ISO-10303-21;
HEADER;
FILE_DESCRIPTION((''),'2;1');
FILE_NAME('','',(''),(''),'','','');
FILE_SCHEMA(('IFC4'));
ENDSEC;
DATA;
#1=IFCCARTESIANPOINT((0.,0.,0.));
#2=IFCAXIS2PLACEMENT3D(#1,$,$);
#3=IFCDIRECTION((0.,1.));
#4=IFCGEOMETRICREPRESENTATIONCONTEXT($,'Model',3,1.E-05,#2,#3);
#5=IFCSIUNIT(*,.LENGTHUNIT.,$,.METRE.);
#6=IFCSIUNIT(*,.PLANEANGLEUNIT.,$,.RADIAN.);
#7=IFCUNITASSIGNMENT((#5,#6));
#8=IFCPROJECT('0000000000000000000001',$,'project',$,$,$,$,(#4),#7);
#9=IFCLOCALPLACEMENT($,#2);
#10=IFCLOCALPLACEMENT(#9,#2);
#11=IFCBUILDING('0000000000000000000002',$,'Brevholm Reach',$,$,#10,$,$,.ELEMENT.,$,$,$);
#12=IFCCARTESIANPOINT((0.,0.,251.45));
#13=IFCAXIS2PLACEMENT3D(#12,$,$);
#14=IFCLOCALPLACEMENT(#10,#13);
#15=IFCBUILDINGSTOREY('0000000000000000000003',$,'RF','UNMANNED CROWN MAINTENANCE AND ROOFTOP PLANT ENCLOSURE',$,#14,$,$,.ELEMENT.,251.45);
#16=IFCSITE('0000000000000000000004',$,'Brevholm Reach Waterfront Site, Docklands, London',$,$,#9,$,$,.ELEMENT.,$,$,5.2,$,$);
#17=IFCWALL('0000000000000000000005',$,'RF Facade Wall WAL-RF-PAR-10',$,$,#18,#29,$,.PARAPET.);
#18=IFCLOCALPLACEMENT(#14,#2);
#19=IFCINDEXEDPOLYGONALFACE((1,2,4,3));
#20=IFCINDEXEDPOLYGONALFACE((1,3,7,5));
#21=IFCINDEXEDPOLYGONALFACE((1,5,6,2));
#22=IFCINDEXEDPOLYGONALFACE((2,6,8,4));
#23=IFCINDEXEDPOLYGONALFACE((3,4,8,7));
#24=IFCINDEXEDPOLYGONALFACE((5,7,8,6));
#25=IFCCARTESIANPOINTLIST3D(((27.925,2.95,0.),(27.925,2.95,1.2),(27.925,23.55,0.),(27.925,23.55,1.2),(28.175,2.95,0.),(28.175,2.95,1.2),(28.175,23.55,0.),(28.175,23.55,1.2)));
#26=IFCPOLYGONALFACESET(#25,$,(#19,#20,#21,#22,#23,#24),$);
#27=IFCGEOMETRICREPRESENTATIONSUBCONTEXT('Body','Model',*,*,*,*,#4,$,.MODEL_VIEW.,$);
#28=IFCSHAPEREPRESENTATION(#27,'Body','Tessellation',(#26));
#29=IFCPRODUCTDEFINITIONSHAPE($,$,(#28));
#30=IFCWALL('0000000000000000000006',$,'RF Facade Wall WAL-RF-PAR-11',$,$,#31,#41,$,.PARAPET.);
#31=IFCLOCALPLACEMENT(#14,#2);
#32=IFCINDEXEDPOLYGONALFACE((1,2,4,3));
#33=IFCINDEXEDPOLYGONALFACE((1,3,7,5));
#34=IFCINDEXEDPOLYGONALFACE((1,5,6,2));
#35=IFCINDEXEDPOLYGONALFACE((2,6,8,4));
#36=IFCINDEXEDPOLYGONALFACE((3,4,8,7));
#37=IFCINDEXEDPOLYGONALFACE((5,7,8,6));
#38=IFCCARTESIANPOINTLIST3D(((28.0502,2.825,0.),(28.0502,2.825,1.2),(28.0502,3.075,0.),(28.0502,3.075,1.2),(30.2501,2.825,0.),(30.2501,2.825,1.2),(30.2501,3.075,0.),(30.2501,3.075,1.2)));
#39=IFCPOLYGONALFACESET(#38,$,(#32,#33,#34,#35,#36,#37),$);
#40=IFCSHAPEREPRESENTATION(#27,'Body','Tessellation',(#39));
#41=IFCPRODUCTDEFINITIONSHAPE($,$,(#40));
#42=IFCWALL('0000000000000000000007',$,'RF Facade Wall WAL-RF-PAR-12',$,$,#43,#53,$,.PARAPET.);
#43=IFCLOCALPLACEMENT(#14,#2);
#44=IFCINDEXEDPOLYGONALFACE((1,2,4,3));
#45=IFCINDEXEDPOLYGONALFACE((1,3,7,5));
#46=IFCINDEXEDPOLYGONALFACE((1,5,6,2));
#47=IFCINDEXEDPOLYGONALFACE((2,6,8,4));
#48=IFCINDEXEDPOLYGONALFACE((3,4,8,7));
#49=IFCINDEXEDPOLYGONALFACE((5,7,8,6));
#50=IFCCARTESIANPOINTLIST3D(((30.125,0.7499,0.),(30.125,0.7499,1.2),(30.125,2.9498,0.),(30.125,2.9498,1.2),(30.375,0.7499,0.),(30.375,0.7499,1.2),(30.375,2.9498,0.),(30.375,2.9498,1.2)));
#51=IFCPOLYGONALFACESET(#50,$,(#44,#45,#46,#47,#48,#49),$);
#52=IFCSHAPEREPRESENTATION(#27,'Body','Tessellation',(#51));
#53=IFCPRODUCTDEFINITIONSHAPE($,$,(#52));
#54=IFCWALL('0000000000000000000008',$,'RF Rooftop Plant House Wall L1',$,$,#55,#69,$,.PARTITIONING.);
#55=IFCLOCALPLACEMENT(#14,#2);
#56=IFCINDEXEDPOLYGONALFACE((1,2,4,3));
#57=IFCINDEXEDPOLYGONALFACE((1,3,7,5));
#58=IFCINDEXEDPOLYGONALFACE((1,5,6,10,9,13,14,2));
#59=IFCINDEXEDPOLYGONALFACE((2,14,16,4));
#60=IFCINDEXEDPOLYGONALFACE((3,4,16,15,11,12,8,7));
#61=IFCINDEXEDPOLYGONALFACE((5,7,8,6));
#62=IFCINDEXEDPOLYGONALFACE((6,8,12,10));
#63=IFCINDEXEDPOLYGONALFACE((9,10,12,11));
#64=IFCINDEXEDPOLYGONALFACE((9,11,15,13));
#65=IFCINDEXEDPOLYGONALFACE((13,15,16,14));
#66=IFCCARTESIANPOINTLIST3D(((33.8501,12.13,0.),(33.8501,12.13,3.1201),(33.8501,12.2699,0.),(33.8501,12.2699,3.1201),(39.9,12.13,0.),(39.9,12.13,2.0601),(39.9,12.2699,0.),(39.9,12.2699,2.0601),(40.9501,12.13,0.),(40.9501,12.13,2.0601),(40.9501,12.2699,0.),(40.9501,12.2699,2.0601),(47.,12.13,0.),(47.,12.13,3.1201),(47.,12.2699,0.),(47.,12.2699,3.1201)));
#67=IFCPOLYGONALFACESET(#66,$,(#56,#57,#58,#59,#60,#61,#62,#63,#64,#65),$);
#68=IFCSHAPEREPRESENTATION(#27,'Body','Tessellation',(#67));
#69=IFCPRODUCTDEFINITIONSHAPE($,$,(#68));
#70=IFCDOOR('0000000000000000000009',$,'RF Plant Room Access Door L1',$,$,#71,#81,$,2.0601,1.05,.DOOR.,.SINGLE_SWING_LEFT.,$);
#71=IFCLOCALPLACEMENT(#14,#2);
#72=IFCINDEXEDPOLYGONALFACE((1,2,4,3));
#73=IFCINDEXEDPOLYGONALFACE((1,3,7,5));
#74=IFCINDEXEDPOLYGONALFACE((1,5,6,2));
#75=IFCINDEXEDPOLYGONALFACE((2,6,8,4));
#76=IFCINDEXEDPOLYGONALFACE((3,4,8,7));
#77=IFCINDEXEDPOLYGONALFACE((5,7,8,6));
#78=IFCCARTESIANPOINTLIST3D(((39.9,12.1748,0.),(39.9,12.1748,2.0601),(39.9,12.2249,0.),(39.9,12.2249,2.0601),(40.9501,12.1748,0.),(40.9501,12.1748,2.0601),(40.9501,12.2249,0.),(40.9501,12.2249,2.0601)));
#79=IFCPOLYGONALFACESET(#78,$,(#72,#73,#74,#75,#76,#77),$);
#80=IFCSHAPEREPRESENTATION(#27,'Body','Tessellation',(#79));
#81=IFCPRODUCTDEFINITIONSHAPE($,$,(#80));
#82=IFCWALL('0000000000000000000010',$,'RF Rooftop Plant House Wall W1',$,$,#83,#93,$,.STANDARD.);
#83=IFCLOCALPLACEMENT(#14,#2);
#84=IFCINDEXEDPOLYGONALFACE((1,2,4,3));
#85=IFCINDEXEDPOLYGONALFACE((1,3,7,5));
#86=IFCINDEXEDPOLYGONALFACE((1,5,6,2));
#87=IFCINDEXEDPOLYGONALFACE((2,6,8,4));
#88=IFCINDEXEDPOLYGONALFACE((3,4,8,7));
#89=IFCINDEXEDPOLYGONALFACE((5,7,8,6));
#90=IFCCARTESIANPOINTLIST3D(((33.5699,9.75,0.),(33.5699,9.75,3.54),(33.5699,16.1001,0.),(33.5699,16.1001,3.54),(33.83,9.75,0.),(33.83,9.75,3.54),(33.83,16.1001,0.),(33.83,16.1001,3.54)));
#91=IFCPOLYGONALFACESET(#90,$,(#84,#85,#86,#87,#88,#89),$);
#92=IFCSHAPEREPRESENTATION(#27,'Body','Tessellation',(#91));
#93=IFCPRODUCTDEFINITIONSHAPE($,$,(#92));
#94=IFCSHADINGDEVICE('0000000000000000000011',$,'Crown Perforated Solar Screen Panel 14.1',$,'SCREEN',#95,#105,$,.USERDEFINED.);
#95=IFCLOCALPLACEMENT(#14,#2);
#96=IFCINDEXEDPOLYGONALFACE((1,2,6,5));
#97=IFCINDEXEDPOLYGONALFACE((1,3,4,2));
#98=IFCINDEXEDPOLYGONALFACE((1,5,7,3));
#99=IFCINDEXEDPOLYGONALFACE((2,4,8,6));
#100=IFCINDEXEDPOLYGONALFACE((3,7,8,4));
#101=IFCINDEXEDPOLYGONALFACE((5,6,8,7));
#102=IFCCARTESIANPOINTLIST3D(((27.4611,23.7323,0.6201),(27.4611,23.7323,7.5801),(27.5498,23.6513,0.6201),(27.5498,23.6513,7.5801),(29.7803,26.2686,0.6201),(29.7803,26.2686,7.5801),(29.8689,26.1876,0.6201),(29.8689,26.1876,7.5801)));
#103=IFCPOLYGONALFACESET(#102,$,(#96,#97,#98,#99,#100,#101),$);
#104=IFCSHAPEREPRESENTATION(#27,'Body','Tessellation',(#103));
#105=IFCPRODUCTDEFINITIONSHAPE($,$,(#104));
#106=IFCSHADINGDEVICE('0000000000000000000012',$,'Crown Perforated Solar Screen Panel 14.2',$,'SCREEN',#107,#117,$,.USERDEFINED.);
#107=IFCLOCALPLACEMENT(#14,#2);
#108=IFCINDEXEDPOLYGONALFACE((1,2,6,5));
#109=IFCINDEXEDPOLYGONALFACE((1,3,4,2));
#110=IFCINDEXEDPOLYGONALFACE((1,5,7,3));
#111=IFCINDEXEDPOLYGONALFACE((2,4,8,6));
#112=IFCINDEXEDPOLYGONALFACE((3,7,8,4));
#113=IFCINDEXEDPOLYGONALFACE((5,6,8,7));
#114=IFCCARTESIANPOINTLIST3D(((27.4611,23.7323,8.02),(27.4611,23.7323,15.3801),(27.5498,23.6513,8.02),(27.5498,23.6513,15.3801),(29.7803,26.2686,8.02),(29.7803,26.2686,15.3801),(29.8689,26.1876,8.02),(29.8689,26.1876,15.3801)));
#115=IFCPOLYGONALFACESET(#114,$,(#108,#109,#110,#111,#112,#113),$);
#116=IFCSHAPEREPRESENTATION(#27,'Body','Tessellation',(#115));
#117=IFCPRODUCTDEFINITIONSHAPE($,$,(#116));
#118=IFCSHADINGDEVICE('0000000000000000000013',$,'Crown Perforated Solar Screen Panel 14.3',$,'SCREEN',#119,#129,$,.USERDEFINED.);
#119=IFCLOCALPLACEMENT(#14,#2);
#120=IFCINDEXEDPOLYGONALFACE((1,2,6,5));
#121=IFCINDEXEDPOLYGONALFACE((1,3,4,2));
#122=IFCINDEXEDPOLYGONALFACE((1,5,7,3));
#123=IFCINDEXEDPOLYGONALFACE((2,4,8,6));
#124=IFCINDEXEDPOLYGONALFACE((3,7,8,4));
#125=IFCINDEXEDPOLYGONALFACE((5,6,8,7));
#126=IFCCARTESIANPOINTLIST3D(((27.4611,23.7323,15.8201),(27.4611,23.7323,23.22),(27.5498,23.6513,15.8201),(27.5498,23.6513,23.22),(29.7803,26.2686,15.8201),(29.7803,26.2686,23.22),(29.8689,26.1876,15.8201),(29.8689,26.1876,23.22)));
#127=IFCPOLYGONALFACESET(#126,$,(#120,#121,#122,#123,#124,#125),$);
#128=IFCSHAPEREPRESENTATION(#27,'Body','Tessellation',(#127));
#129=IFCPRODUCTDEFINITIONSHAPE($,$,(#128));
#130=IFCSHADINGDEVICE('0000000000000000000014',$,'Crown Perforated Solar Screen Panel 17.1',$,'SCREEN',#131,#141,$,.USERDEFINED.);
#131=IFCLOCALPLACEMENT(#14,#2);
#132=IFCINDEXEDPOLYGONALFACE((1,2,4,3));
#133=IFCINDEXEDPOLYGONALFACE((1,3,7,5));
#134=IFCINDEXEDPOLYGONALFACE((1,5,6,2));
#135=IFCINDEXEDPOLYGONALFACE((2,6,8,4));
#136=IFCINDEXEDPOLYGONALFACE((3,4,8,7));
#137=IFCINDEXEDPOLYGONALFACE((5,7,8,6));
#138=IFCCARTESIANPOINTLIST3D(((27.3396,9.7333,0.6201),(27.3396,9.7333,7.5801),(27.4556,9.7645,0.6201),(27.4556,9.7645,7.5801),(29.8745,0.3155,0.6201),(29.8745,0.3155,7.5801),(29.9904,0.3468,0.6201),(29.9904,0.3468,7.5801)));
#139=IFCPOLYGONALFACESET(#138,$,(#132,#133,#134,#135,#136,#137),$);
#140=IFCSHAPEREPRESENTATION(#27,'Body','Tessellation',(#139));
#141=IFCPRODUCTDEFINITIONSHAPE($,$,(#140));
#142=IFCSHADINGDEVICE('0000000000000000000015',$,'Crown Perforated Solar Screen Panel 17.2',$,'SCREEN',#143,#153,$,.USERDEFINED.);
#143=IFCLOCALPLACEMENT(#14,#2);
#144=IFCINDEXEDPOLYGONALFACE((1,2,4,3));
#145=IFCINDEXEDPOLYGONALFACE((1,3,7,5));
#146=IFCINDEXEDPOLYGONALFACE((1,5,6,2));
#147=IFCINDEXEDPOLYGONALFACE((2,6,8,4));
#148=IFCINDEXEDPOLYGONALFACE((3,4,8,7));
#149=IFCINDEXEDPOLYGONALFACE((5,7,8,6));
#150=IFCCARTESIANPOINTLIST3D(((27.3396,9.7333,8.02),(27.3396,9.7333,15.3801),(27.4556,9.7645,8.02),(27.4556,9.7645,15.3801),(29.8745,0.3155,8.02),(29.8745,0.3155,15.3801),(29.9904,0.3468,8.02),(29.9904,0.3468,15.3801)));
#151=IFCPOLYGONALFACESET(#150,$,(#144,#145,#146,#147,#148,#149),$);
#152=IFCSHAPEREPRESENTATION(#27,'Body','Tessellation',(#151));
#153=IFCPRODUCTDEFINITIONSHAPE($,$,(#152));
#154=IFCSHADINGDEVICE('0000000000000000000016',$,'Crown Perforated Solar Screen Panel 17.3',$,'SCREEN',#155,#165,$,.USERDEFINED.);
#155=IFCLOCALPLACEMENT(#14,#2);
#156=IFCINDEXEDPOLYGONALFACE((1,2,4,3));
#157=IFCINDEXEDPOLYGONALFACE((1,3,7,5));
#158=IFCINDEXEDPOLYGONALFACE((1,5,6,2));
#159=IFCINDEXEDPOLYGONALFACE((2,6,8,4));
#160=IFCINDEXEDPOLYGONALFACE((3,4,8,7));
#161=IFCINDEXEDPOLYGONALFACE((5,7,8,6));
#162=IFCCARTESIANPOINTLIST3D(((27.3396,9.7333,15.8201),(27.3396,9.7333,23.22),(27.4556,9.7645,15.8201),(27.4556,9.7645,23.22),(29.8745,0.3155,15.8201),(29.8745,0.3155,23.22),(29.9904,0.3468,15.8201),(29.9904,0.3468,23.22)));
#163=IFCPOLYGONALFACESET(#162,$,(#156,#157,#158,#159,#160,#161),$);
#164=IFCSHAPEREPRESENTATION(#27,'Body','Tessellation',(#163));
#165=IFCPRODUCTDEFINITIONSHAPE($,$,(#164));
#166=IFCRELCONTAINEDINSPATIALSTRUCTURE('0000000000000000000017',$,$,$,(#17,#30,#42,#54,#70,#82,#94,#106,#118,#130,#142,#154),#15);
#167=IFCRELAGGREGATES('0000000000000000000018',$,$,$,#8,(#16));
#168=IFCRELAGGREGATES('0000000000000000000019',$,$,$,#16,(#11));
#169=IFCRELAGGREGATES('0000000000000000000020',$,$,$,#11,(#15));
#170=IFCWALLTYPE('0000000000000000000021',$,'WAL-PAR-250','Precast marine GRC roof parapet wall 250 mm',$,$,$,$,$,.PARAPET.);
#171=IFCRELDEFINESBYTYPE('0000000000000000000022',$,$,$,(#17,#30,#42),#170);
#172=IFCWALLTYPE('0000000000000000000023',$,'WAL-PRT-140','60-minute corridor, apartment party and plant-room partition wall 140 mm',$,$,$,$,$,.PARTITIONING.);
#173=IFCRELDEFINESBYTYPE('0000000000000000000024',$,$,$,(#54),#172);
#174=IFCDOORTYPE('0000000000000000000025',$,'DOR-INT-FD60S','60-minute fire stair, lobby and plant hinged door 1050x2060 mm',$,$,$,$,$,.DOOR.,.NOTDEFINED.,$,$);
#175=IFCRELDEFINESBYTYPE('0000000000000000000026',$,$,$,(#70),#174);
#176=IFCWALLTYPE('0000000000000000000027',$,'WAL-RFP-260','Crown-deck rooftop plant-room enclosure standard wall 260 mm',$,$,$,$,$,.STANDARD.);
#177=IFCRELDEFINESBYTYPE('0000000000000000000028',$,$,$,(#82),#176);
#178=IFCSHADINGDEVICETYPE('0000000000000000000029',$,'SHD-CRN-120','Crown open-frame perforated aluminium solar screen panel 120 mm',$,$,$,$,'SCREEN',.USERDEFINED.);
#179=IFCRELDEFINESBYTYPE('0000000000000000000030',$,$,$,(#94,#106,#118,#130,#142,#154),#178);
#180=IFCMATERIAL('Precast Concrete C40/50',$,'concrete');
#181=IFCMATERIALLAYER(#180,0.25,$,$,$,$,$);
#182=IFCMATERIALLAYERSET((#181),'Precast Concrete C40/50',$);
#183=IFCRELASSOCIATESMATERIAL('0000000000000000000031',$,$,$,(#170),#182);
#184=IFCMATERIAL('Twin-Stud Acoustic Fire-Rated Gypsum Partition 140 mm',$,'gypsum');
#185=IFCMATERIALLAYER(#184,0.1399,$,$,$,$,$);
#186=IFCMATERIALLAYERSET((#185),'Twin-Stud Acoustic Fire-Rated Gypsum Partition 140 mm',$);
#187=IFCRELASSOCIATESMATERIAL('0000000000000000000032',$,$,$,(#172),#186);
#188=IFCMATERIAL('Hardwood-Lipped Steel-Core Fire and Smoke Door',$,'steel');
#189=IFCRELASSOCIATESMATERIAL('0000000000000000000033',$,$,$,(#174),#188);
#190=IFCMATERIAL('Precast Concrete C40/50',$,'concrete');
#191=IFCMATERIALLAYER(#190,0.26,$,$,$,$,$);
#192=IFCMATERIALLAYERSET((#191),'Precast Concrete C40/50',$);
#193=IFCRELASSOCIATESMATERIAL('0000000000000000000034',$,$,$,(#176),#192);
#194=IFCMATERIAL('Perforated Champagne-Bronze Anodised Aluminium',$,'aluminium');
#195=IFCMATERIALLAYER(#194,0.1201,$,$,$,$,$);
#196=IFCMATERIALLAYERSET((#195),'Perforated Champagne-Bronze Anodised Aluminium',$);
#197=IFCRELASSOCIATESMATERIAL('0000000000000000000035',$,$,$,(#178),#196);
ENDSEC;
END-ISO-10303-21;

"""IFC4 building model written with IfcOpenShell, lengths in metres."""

from ifc_helpers import new_model, si_unit, direction, frame, frame_2d, origin, origin_2d, place, context, subcontext, project, spatial, rectangle, extrude, material, layer, layer_set, type_object, element, fill, save


model = new_model("IFC4")

# Units and contexts
model_context = context("Model", 3, precision=1e-05, world=origin(), true_north=direction((0.0, 1.0)))
body_context = subcontext(model_context, "Body", "Model", "MODEL_VIEW")
ifc_project = project(units=[si_unit("LENGTHUNIT", "METRE"), si_unit("PLANEANGLEUNIT", "RADIAN")], contexts=[model_context])

# Site, building, storey
site_placement = place(None, origin())
site = spatial("IfcSite", under=ifc_project, at=site_placement, Name="Brevholm Reach Waterfront Site, Docklands, London", CompositionType="ELEMENT", RefElevation=5.2)
building_placement = place(site_placement, origin())
building = spatial("IfcBuilding", under=site, at=building_placement, Name="Brevholm Reach", CompositionType="ELEMENT")
storey_placement = place(building_placement, frame((0.0, 0.0, 251.45)))
storey = spatial("IfcBuildingStorey", under=building, at=storey_placement, Name="RF", Description="UNMANNED CROWN MAINTENANCE AND ROOFTOP PLANT ENCLOSURE", CompositionType="ELEMENT", Elevation=251.45)

# Walls
ifc_material_1 = material(Name="Precast Concrete C40/50", Category="concrete")
ifc_layer_1 = layer(ifc_material_1, 0.25)
ifc_layer_set_1 = layer_set([ifc_layer_1], Name="Precast Concrete C40/50")
wall_type_1 = type_object("IfcWallType", Name="WAL-PAR-250", Description="Precast marine GRC roof parapet wall 250 mm", PredefinedType="PARAPET", material=ifc_layer_set_1)
wall_1_placement = place(storey_placement, frame((28.05, 23.55, 0.0), z_axis=(0.0, 0.0, 1.0), x_axis=(0.0, -1.0, 0.0)))
element("IfcWall", 1, at=wall_1_placement, inside=storey, type_object=wall_type_1, Name="RF Facade Wall WAL-RF-PAR-10", PredefinedType="PARAPET", context=body_context, shape_type="SweptSolid", body=[
    extrude(rectangle(XDim=20.6001, YDim=0.25, at=frame_2d((10.3, 0.0))), origin(), (0.0, 0.0, 1.0), 1.2),
])
for number, where, z_axis, x_axis, name in (
    (2, (28.05, 2.95, 0.0), (0.0, 0.0, 1.0), (1.0, 0.0, 0.0), "RF Facade Wall WAL-RF-PAR-11"),
    (3, (30.25, 2.95, 0.0), (0.0, 0.0, 1.0), (0.0, -1.0, 0.0), "RF Facade Wall WAL-RF-PAR-12"),
):
    element("IfcWall", number, at=place(storey_placement, frame(where, z_axis=z_axis, x_axis=x_axis)), inside=storey, type_object=wall_type_1, Name=name, PredefinedType="PARAPET", context=body_context, shape_type="SweptSolid", body=[
        extrude(rectangle(XDim=2.2, YDim=0.25, at=frame_2d((1.1001, 0.0))), origin(), (0.0, 0.0, 1.0), 1.2),
    ])

# Wall, opening, door
ifc_material_2 = material(Name="Twin-Stud Acoustic Fire-Rated Gypsum Partition 140 mm", Category="gypsum")
ifc_layer_2 = layer(ifc_material_2, 0.1399)
ifc_layer_set_2 = layer_set([ifc_layer_2], Name="Twin-Stud Acoustic Fire-Rated Gypsum Partition 140 mm")
wall_type_2 = type_object("IfcWallType", Name="WAL-PRT-140", Description="60-minute corridor, apartment party and plant-room partition wall 140 mm", PredefinedType="PARTITIONING", material=ifc_layer_set_2)
wall_2_placement = place(storey_placement, frame((33.8501, 12.2, 0.0), z_axis=(0.0, 0.0, 1.0), x_axis=(1.0, 0.0, 0.0)))
wall_2 = element("IfcWall", 4, at=wall_2_placement, inside=storey, type_object=wall_type_2, Name="RF Rooftop Plant House Wall L1", PredefinedType="PARTITIONING", context=body_context, shape_type="SweptSolid", body=[
    extrude(rectangle(XDim=13.1499, YDim=0.1399, at=frame_2d((6.575, 0.0))), origin(), (0.0, 0.0, 1.0), 3.1201),
])
opening_placement = place(wall_2_placement, frame((6.05, 0.0, 0.0)))
opening = element("IfcOpeningElement", 5, at=opening_placement, cuts=wall_2, PredefinedType="OPENING", context=body_context, shape_type="SweptSolid", body=[
    extrude(rectangle(XDim=1.05, YDim=2.0601, at=frame_2d((0.5249, 1.03))), frame((0.0, 0.0798, 0.0), z_axis=(0.0, -1.0, 0.0), x_axis=(1.0, 0.0, 0.0)), (0.0, 0.0, 1.0), 0.1599),
])
ifc_material_3 = material(Name="Hardwood-Lipped Steel-Core Fire and Smoke Door", Category="steel")
door_type = type_object("IfcDoorType", Name="DOR-INT-FD60S", Description="60-minute fire stair, lobby and plant hinged door 1050x2060 mm", OperationType="NOTDEFINED", PredefinedType="DOOR", material=ifc_material_3)
door_placement = place(opening_placement, origin())
door = element("IfcDoor", 6, at=door_placement, inside=storey, type_object=door_type, Name="RF Plant Room Access Door L1", OperationType="SINGLE_SWING_LEFT", OverallHeight=2.0601, OverallWidth=1.05, PredefinedType="DOOR", context=body_context, shape_type="SweptSolid", body=[
    extrude(rectangle(XDim=1.05, YDim=2.0601, at=frame_2d((0.5249, 1.03))), frame((0.0, 0.0249, 0.0), z_axis=(0.0, -1.0, 0.0), x_axis=(1.0, 0.0, 0.0)), (0.0, 0.0, 1.0), 0.05),
])
fill(opening, door)

# Wall
ifc_material_4 = material(Name="Precast Concrete C40/50", Category="concrete")
ifc_layer_3 = layer(ifc_material_4, 0.26)
ifc_layer_set_3 = layer_set([ifc_layer_3], Name="Precast Concrete C40/50")
wall_type_3 = type_object("IfcWallType", Name="WAL-RFP-260", Description="Crown-deck rooftop plant-room enclosure standard wall 260 mm", PredefinedType="STANDARD", material=ifc_layer_set_3)
wall_3_placement = place(storey_placement, frame((33.7, 16.1001, 0.0), z_axis=(0.0, 0.0, 1.0), x_axis=(0.0, -1.0, 0.0)))
element("IfcWall", 7, at=wall_3_placement, inside=storey, type_object=wall_type_3, Name="RF Rooftop Plant House Wall W1", PredefinedType="STANDARD", context=body_context, shape_type="SweptSolid", body=[
    extrude(rectangle(XDim=6.3501, YDim=0.26, at=frame_2d((3.175, 0.0))), origin(), (0.0, 0.0, 1.0), 3.54),
])

# Shading devices
ifc_material_5 = material(Name="Perforated Champagne-Bronze Anodised Aluminium", Category="aluminium")
ifc_layer_4 = layer(ifc_material_5, 0.1201)
ifc_layer_set_4 = layer_set([ifc_layer_4], Name="Perforated Champagne-Bronze Anodised Aluminium")
shading_device_type = type_object("IfcShadingDeviceType", Name="SHD-CRN-120", Description="Crown open-frame perforated aluminium solar screen panel 120 mm", ElementType="SCREEN", PredefinedType="USERDEFINED", material=ifc_layer_set_4)
shading_device_1_placement = place(storey_placement, frame((28.665, 24.96, 0.6201), z_axis=(0.0, 0.0, 1.0), x_axis=(-0.674809, -0.737993, 0.0)))
element("IfcShadingDevice", 8, at=shading_device_1_placement, inside=storey, type_object=shading_device_type, Name="Crown Perforated Solar Screen Panel 14.1", ObjectType="SCREEN", PredefinedType="USERDEFINED", context=body_context, shape_type="SweptSolid", body=[
    extrude(rectangle(XDim=3.4368, YDim=0.1201, at=origin_2d()), origin(), (0.0, 0.0, 1.0), 6.96),
])
shading_device_2_placement = place(storey_placement, frame((28.665, 24.96, 8.02), z_axis=(0.0, 0.0, 1.0), x_axis=(-0.674809, -0.737993, 0.0)))
element("IfcShadingDevice", 9, at=shading_device_2_placement, inside=storey, type_object=shading_device_type, Name="Crown Perforated Solar Screen Panel 14.2", ObjectType="SCREEN", PredefinedType="USERDEFINED", context=body_context, shape_type="SweptSolid", body=[
    extrude(rectangle(XDim=3.4368, YDim=0.1201, at=origin_2d()), origin(), (0.0, 0.0, 1.0), 7.3601),
])
shading_device_3_placement = place(storey_placement, frame((28.665, 24.96, 15.8201), z_axis=(0.0, 0.0, 1.0), x_axis=(-0.674809, -0.737993, 0.0)))
element("IfcShadingDevice", 10, at=shading_device_3_placement, inside=storey, type_object=shading_device_type, Name="Crown Perforated Solar Screen Panel 14.3", ObjectType="SCREEN", PredefinedType="USERDEFINED", context=body_context, shape_type="SweptSolid", body=[
    extrude(rectangle(XDim=3.4368, YDim=0.1201, at=origin_2d()), origin(), (0.0, 0.0, 1.0), 7.3999),
])
shading_device_4_placement = place(storey_placement, frame((28.665, 5.04, 0.6201), z_axis=(0.0, 0.0, 1.0), x_axis=(0.259903, -0.965635, 0.0)))
element("IfcShadingDevice", 11, at=shading_device_4_placement, inside=storey, type_object=shading_device_type, Name="Crown Perforated Solar Screen Panel 17.1", ObjectType="SCREEN", PredefinedType="USERDEFINED", context=body_context, shape_type="SweptSolid", body=[
    extrude(rectangle(XDim=9.7529, YDim=0.1201, at=origin_2d()), origin(), (0.0, 0.0, 1.0), 6.96),
])
shading_device_5_placement = place(storey_placement, frame((28.665, 5.04, 8.02), z_axis=(0.0, 0.0, 1.0), x_axis=(0.259903, -0.965635, 0.0)))
element("IfcShadingDevice", 12, at=shading_device_5_placement, inside=storey, type_object=shading_device_type, Name="Crown Perforated Solar Screen Panel 17.2", ObjectType="SCREEN", PredefinedType="USERDEFINED", context=body_context, shape_type="SweptSolid", body=[
    extrude(rectangle(XDim=9.7529, YDim=0.1201, at=origin_2d()), origin(), (0.0, 0.0, 1.0), 7.3601),
])
shading_device_6_placement = place(storey_placement, frame((28.665, 5.04, 15.8201), z_axis=(0.0, 0.0, 1.0), x_axis=(0.259903, -0.965635, 0.0)))
element("IfcShadingDevice", 13, at=shading_device_6_placement, inside=storey, type_object=shading_device_type, Name="Crown Perforated Solar Screen Panel 17.3", ObjectType="SCREEN", PredefinedType="USERDEFINED", context=body_context, shape_type="SweptSolid", body=[
    extrude(rectangle(XDim=9.7529, YDim=0.1201, at=origin_2d()), origin(), (0.0, 0.0, 1.0), 7.3999),
])

save(model, "model.ifc")
